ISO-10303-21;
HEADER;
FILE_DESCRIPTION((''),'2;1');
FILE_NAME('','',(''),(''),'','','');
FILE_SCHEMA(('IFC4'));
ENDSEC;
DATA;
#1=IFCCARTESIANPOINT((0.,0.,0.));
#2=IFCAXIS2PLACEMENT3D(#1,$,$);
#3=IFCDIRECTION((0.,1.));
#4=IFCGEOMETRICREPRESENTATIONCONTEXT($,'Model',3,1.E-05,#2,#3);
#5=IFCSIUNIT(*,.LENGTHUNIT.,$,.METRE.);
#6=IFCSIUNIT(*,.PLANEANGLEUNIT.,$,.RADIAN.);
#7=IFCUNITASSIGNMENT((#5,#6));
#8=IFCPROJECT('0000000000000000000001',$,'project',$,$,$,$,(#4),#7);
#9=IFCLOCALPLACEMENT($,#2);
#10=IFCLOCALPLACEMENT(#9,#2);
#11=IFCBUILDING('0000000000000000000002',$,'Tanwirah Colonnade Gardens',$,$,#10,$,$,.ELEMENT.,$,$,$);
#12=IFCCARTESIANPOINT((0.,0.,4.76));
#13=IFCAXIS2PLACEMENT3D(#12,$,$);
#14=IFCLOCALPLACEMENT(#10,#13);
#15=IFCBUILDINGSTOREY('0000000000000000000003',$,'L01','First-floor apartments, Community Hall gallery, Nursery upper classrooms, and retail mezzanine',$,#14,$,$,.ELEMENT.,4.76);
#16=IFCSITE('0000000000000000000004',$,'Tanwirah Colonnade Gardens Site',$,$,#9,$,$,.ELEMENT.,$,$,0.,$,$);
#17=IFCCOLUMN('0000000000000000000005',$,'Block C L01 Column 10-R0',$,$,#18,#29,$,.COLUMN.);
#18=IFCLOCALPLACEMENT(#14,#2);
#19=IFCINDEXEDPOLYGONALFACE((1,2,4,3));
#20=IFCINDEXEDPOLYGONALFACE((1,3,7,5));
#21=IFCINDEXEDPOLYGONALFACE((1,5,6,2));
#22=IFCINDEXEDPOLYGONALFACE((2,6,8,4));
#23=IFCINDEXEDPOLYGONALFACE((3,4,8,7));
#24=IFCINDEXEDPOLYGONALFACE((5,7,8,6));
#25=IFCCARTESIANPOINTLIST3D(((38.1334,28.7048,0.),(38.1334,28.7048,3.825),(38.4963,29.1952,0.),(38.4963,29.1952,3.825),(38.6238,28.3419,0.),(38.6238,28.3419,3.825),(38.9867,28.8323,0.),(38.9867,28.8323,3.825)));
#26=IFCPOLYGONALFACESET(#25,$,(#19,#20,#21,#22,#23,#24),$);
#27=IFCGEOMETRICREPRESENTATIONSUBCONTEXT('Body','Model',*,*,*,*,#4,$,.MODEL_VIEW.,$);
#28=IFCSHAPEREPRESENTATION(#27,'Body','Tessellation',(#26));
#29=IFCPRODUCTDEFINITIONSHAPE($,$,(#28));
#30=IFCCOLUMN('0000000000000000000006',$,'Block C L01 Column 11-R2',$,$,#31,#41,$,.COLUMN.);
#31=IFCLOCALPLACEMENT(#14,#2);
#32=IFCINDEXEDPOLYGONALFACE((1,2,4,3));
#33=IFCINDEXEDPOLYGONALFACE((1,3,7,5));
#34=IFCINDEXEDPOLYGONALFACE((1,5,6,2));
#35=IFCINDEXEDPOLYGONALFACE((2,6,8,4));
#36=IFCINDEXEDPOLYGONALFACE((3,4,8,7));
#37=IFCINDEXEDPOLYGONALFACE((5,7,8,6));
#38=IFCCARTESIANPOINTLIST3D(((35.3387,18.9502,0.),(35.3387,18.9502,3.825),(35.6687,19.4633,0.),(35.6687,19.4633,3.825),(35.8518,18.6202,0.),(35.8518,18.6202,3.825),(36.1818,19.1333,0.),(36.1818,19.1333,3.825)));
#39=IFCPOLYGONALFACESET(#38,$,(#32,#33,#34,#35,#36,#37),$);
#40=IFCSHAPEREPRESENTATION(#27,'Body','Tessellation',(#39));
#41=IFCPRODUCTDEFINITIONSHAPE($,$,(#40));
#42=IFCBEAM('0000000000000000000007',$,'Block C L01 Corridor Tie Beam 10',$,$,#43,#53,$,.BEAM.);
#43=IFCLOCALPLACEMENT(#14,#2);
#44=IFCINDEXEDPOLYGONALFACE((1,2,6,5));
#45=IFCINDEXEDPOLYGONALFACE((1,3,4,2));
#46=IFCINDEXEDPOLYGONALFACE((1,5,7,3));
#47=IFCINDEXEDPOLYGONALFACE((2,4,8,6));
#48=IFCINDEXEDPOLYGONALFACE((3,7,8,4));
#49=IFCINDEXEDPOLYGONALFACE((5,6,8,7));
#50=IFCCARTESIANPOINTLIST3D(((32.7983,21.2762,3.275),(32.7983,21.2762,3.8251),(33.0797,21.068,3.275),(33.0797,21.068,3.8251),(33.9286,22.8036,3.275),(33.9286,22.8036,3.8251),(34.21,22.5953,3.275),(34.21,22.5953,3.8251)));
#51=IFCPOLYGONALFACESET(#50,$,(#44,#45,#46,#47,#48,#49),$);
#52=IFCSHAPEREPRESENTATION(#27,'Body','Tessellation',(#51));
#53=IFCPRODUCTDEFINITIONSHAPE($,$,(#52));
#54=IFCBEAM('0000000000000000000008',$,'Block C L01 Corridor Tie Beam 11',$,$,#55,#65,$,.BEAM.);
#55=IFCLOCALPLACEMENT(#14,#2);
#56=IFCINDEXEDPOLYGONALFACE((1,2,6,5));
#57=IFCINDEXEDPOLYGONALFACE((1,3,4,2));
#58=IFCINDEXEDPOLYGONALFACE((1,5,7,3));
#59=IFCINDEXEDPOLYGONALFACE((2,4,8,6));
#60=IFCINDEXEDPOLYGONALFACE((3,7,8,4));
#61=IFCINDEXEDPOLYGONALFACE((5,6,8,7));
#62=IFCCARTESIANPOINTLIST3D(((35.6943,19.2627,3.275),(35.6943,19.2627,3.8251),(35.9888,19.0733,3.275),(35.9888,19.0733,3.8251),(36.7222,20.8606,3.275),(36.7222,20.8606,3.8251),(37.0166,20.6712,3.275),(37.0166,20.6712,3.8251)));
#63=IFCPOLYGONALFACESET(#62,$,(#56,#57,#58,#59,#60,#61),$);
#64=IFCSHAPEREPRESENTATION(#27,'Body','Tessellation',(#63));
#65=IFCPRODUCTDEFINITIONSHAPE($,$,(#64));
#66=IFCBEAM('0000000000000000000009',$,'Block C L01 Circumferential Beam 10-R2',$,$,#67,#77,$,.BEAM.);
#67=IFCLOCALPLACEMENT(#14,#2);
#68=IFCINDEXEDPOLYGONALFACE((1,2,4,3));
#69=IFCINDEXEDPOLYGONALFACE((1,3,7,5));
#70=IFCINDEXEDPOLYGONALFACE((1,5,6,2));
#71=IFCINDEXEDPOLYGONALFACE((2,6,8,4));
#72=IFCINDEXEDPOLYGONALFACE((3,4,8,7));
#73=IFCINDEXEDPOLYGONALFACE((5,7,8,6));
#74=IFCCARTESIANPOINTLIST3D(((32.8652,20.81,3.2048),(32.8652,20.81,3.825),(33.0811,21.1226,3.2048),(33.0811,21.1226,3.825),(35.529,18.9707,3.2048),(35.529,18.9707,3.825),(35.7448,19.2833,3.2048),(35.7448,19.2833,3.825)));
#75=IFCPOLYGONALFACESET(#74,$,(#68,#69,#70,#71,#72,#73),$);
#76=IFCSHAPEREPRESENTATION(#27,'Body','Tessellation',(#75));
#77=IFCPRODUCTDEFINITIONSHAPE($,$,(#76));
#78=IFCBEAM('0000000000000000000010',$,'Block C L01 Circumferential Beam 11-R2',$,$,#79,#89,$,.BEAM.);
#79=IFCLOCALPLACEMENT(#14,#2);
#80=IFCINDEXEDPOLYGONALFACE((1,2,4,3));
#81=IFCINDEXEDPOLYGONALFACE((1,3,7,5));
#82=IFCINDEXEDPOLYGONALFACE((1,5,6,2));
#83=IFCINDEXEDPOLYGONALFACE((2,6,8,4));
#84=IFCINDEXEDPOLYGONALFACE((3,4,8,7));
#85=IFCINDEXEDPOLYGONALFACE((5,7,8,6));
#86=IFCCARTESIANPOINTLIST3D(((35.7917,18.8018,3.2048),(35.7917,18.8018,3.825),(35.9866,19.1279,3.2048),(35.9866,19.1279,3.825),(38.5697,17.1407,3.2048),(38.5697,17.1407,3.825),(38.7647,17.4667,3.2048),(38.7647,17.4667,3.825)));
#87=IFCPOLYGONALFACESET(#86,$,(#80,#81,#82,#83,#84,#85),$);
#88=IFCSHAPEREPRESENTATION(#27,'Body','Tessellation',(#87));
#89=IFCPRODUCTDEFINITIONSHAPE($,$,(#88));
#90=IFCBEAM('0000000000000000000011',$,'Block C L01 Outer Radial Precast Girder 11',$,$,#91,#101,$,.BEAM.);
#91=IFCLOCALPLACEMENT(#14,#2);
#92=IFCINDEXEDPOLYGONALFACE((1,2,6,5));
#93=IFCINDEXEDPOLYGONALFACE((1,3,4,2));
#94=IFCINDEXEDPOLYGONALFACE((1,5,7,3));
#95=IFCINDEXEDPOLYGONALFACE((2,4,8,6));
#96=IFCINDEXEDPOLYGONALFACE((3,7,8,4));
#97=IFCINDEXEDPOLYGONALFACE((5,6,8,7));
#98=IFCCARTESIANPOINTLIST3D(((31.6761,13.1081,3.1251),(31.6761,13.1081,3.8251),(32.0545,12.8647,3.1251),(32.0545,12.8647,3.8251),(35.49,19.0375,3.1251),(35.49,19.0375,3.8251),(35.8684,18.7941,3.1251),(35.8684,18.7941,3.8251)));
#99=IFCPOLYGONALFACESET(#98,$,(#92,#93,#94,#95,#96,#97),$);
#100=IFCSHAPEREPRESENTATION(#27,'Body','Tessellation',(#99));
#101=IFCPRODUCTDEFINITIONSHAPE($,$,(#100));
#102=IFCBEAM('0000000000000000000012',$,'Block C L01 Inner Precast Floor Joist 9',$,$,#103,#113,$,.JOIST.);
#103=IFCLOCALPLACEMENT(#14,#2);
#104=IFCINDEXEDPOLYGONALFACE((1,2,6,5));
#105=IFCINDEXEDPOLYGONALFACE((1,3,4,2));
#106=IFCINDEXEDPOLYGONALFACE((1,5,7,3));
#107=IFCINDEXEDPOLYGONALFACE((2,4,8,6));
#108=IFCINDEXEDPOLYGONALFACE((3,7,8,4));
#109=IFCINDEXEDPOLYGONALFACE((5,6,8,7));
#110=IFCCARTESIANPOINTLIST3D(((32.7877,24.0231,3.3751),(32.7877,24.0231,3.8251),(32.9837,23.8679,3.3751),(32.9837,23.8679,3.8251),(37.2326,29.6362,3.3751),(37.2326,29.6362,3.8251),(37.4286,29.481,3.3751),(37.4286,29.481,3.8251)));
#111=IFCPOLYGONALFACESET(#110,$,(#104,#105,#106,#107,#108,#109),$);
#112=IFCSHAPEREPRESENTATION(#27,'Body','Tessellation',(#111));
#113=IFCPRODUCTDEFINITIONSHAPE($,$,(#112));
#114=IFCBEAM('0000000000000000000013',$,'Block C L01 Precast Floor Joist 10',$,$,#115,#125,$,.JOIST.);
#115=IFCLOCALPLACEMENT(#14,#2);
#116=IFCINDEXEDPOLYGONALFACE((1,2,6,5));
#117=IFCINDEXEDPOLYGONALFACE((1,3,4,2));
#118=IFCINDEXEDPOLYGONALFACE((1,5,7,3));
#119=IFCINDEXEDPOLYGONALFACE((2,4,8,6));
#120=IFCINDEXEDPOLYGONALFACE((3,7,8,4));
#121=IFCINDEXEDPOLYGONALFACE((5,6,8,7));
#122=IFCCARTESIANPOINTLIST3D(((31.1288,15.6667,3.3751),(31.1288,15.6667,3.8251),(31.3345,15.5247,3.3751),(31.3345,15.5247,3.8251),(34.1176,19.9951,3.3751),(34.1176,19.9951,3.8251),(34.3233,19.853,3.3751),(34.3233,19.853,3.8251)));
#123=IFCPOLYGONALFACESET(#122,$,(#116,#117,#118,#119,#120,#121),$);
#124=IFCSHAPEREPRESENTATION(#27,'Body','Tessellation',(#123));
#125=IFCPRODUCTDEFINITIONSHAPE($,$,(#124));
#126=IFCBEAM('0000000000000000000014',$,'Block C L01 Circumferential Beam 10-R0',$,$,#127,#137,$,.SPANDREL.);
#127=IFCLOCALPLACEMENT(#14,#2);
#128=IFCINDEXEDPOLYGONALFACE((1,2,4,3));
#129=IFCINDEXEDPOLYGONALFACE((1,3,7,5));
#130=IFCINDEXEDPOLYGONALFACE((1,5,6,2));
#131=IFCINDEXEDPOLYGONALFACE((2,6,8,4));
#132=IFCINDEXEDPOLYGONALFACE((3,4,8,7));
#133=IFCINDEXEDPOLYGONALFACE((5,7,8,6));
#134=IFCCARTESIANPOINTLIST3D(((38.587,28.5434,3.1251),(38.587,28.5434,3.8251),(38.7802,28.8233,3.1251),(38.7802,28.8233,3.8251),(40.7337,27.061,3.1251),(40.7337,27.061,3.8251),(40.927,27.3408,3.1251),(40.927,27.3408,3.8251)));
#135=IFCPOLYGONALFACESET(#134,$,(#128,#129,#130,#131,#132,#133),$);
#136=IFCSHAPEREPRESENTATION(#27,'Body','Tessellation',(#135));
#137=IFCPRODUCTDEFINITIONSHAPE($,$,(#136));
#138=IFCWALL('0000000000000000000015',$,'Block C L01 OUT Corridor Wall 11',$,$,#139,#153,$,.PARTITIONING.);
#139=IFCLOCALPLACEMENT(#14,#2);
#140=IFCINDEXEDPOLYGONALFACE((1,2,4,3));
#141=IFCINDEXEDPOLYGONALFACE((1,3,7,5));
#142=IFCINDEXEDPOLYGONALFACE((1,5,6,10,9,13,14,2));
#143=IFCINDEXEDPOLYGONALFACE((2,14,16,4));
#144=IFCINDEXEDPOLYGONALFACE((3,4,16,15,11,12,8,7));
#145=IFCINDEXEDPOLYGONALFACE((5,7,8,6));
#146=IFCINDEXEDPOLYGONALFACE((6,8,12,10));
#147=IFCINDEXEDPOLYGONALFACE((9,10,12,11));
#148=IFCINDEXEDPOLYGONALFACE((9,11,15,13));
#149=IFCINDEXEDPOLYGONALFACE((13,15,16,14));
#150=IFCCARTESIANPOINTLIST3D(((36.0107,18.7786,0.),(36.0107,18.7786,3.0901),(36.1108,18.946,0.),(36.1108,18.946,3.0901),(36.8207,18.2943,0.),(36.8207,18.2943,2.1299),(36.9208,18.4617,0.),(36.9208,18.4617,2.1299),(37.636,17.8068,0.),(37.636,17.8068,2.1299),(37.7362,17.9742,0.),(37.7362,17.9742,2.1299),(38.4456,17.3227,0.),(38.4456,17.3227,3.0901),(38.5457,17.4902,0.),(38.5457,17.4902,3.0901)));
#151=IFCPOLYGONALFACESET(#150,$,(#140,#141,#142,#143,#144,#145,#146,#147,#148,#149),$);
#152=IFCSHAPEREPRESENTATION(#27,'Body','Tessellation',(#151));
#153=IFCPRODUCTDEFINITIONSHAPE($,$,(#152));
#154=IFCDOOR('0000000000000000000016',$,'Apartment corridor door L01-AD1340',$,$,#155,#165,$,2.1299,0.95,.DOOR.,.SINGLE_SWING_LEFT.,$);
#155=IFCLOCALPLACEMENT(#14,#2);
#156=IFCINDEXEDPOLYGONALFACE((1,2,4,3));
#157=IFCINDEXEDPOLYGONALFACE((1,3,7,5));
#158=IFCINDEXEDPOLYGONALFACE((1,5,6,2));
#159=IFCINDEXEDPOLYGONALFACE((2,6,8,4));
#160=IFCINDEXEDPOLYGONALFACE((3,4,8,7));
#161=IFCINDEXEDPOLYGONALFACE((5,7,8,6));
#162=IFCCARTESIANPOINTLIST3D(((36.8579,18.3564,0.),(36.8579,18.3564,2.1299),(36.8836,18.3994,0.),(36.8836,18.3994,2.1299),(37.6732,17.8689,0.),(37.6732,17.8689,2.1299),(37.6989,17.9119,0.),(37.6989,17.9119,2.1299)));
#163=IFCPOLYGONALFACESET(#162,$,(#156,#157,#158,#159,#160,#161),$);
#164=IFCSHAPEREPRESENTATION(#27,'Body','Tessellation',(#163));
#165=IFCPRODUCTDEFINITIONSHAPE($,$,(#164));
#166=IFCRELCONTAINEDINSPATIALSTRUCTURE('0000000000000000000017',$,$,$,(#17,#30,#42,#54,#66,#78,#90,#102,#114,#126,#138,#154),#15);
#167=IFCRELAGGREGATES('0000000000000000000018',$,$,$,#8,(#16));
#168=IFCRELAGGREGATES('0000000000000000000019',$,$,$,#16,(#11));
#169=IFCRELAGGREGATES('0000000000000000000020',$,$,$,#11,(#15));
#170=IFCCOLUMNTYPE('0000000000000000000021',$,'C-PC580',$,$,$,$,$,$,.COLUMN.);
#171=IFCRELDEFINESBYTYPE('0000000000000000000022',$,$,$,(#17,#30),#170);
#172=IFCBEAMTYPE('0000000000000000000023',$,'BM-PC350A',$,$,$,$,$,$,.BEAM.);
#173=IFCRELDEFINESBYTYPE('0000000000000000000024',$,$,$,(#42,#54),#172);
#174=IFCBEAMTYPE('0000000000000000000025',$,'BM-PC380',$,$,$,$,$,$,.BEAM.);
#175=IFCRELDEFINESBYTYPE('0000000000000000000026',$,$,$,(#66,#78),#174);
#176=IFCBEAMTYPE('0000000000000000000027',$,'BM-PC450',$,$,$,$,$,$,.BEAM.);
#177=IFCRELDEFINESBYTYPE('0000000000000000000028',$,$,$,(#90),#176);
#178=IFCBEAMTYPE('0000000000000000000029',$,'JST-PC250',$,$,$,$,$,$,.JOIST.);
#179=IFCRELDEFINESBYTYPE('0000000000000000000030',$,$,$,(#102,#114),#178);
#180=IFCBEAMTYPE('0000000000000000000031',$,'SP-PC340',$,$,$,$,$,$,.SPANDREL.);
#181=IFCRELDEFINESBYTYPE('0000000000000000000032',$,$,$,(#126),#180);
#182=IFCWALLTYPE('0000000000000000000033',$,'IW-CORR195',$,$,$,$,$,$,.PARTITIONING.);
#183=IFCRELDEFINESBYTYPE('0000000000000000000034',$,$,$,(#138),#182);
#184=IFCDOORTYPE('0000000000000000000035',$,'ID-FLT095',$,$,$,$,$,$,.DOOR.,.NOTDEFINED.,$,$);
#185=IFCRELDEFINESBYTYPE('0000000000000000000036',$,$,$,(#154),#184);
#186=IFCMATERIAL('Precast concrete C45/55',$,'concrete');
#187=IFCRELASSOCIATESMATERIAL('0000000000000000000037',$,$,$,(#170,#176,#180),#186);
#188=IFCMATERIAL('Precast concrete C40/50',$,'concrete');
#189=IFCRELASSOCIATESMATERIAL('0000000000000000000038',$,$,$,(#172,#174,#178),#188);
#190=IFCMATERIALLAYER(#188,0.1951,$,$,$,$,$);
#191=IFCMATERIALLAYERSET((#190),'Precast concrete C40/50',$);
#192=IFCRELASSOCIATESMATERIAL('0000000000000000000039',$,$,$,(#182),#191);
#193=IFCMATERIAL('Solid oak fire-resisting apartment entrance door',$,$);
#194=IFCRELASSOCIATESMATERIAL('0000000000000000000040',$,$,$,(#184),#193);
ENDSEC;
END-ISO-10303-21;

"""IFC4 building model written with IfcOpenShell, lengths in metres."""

from ifc_helpers import new_model, si_unit, direction, frame, frame_2d, origin, origin_2d, place, context, subcontext, project, spatial, rectangle, extrude, material, layer, layer_set, material_profile, profile_set, type_object, element, fill, save


model = new_model("IFC4")

# Units and contexts
model_context = context("Model", 3, precision=1e-05, world=origin(), true_north=direction((0.0, 1.0)))
body_context = subcontext(model_context, "Body", "Model", "MODEL_VIEW")
ifc_project = project(units=[si_unit("LENGTHUNIT", "METRE"), si_unit("PLANEANGLEUNIT", "RADIAN")], contexts=[model_context])

# Site, building, storey
site_placement = place(None, origin())
site = spatial("IfcSite", under=ifc_project, at=site_placement, Name="Tanwirah Colonnade Gardens Site", CompositionType="ELEMENT", RefElevation=0.0)
building_placement = place(site_placement, origin())
building = spatial("IfcBuilding", under=site, at=building_placement, Name="Tanwirah Colonnade Gardens", CompositionType="ELEMENT")
storey_placement = place(building_placement, frame((0.0, 0.0, 4.76)))
storey = spatial("IfcBuildingStorey", under=building, at=storey_placement, Name="L01", Description="First-floor apartments, Community Hall gallery, Nursery upper classrooms, and retail mezzanine", CompositionType="ELEMENT", Elevation=4.76)

# Columns
ifc_material_1 = material(Name="Precast concrete C45/55", Category="concrete")
ifc_material_profile_1 = material_profile(ifc_material_1, rectangle(XDim=0.6101, YDim=0.6101, at=origin_2d()), Name="PC-COL 610x610")
ifc_profile_set_1 = profile_set([ifc_material_profile_1], Name="Precast concrete C45/55")
column_type = type_object("IfcColumnType", Name="C-PC580", PredefinedType="COLUMN", material=ifc_profile_set_1)
for number, where, z_axis, x_axis, name in (
    (1, (38.5601, 28.7686, 0.0), (0.0, 0.0, 1.0), (-0.594823, -0.803857, 0.0), "Block C L01 Column 10-R0"),
    (2, (35.7603, 19.0417, 0.0), (0.0, 0.0, 1.0), (-0.540974, -0.841039, 0.0), "Block C L01 Column 11-R2"),
):
    element("IfcColumn", number, at=place(storey_placement, frame(where, z_axis=z_axis, x_axis=x_axis)), inside=storey, type_object=column_type, Name=name, PredefinedType="COLUMN", context=body_context, shape_type="SweptSolid", body=[
        extrude(rectangle(XDim=0.6101, YDim=0.6101, at=origin_2d()), origin(), (0.0, 0.0, 1.0), 3.825),
    ])

# Beams
ifc_material_2 = material(Name="Precast concrete C40/50", Category="concrete")
ifc_material_profile_2 = material_profile(ifc_material_2, rectangle(XDim=0.3501, YDim=0.55, at=origin_2d()), Name="PC-BM 350x550")
ifc_profile_set_2 = profile_set([ifc_material_profile_2], Name="Precast concrete C40/50")
beam_type_1 = type_object("IfcBeamType", Name="BM-PC350A", PredefinedType="BEAM", material=ifc_profile_set_2)
beam_1_placement = place(storey_placement, frame((34.0693, 22.6995, 3.55), z_axis=(-0.594889, -0.803807, 0.0), x_axis=(0.803807, -0.594889, 0.0)))
element("IfcBeam", 3, at=beam_1_placement, inside=storey, type_object=beam_type_1, Name="Block C L01 Corridor Tie Beam 10", PredefinedType="BEAM", context=body_context, shape_type="SweptSolid", body=[
    extrude(rectangle(XDim=0.3501, YDim=0.55, at=origin_2d()), origin(), (0.0, 0.0, 1.0), 1.9001),
])
beam_2_placement = place(storey_placement, frame((36.8694, 20.7659, 3.55), z_axis=(-0.540985, -0.841032, 0.0), x_axis=(0.841032, -0.540985, 0.0)))
element("IfcBeam", 4, at=beam_2_placement, inside=storey, type_object=beam_type_1, Name="Block C L01 Corridor Tie Beam 11", PredefinedType="BEAM", context=body_context, shape_type="SweptSolid", body=[
    extrude(rectangle(XDim=0.3501, YDim=0.55, at=origin_2d()), origin(), (0.0, 0.0, 1.0), 1.8999),
])
ifc_material_profile_3 = material_profile(ifc_material_2, rectangle(XDim=0.3799, YDim=0.6201, at=origin_2d()), Name="PC-BM 380x620")
ifc_profile_set_3 = profile_set([ifc_material_profile_3], Name="Precast concrete C40/50")
beam_type_2 = type_object("IfcBeamType", Name="BM-PC380", PredefinedType="BEAM", material=ifc_profile_set_3)
beam_3_placement = place(storey_placement, frame((32.9731, 20.9663, 3.5149), z_axis=(0.822889, -0.568202, 0.0), x_axis=(0.568202, 0.822889, 0.0)))
element("IfcBeam", 5, at=beam_3_placement, inside=storey, type_object=beam_type_2, Name="Block C L01 Circumferential Beam 10-R2", PredefinedType="BEAM", context=body_context, shape_type="SweptSolid", body=[
    extrude(rectangle(XDim=0.3799, YDim=0.6201, at=origin_2d()), origin(), (0.0, 0.0, 1.0), 3.2371),
])
beam_4_placement = place(storey_placement, frame((35.8892, 18.9648, 3.5149), z_axis=(0.858271, -0.513197, 0.0), x_axis=(0.513197, 0.858271, 0.0)))
element("IfcBeam", 6, at=beam_4_placement, inside=storey, type_object=beam_type_2, Name="Block C L01 Circumferential Beam 11-R2", PredefinedType="BEAM", context=body_context, shape_type="SweptSolid", body=[
    extrude(rectangle(XDim=0.3799, YDim=0.6201, at=origin_2d()), origin(), (0.0, 0.0, 1.0), 3.2368),
])
ifc_material_profile_4 = material_profile(ifc_material_1, rectangle(XDim=0.45, YDim=0.7, at=origin_2d()), Name="PC-BM 450x700")
ifc_profile_set_4 = profile_set([ifc_material_profile_4], Name="Precast concrete C45/55")
beam_type_3 = type_object("IfcBeamType", Name="BM-PC450", PredefinedType="BEAM", material=ifc_profile_set_4)
beam_5_placement = place(storey_placement, frame((35.6792, 18.9158, 3.4751), z_axis=(-0.540976, -0.841038, 0.0), x_axis=(0.841038, -0.540976, 0.0)))
element("IfcBeam", 7, at=beam_5_placement, inside=storey, type_object=beam_type_3, Name="Block C L01 Outer Radial Precast Girder 11", PredefinedType="BEAM", context=body_context, shape_type="SweptSolid", body=[
    extrude(rectangle(XDim=0.45, YDim=0.7, at=origin_2d()), origin(), (0.0, 0.0, 1.0), 7.05),
])
ifc_material_profile_5 = material_profile(ifc_material_2, rectangle(XDim=0.25, YDim=0.45, at=origin_2d()), Name="PC-JST 250x450")
ifc_profile_set_5 = profile_set([ifc_material_profile_5], Name="Precast concrete C40/50")
beam_type_4 = type_object("IfcBeamType", Name="JST-PC250", PredefinedType="JOIST", material=ifc_profile_set_5)
beam_6_placement = place(storey_placement, frame((37.3306, 29.5586, 3.6001), z_axis=(-0.620803, -0.783966, 0.0), x_axis=(0.783966, -0.620803, 0.0)))
element("IfcBeam", 8, at=beam_6_placement, inside=storey, type_object=beam_type_4, Name="Block C L01 Inner Precast Floor Joist 9", PredefinedType="JOIST", context=body_context, shape_type="SweptSolid", body=[
    extrude(rectangle(XDim=0.25, YDim=0.45, at=origin_2d()), origin(), (0.0, 0.0, 1.0), 7.1599),
])
beam_7_placement = place(storey_placement, frame((34.2205, 19.9241, 3.6001), z_axis=(-0.568208, -0.822885, 0.0), x_axis=(0.822885, -0.568208, 0.0)))
element("IfcBeam", 9, at=beam_7_placement, inside=storey, type_object=beam_type_4, Name="Block C L01 Precast Floor Joist 10", PredefinedType="JOIST", context=body_context, shape_type="SweptSolid", body=[
    extrude(rectangle(XDim=0.25, YDim=0.45, at=origin_2d()), origin(), (0.0, 0.0, 1.0), 5.26),
])
ifc_material_profile_6 = material_profile(ifc_material_1, rectangle(XDim=0.3401, YDim=0.7, at=origin_2d()), Name="PC-SP 340x700")
ifc_profile_set_6 = profile_set([ifc_material_profile_6], Name="Precast concrete C45/55")
beam_type_5 = type_object("IfcBeamType", Name="SP-PC340", PredefinedType="SPANDREL", material=ifc_profile_set_6)
beam_8_placement = place(storey_placement, frame((38.6836, 28.6833, 3.4751), z_axis=(0.822869, -0.568231, 0.0), x_axis=(0.568231, 0.822869, 0.0)))
element("IfcBeam", 10, at=beam_8_placement, inside=storey, type_object=beam_type_5, Name="Block C L01 Circumferential Beam 10-R0", PredefinedType="SPANDREL", context=body_context, shape_type="SweptSolid", body=[
    extrude(rectangle(XDim=0.3401, YDim=0.7, at=origin_2d()), origin(), (0.0, 0.0, 1.0), 2.6089),
])

# Wall, opening, door
ifc_layer_1 = layer(ifc_material_2, 0.1951)
ifc_layer_set_1 = layer_set([ifc_layer_1], Name="Precast concrete C40/50")
wall_type_1 = type_object("IfcWallType", Name="IW-CORR195", PredefinedType="PARTITIONING", material=ifc_layer_set_1)
ifc_material_3 = material(Name="Solid oak fire-resisting apartment entrance door")
wall_1_placement = place(storey_placement, frame((36.0608, 18.8623, 0.0), z_axis=(0.0, 0.0, 1.0), x_axis=(0.858282, -0.513179, 0.0)))
wall_1 = element("IfcWall", 11, at=wall_1_placement, inside=storey, type_object=wall_type_1, Name="Block C L01 OUT Corridor Wall 11", PredefinedType="PARTITIONING", context=body_context, shape_type="SweptSolid", body=[
    extrude(rectangle(XDim=2.8369, YDim=0.1951, at=frame_2d((1.4185, 0.0))), origin(), (0.0, 0.0, 1.0), 3.0901),
])
opening_1_placement = place(wall_1_placement, frame((0.9436, 0.0, 0.0)))
opening_1 = element("IfcOpeningElement", 12, at=opening_1_placement, cuts=wall_1, PredefinedType="OPENING", context=body_context, shape_type="SweptSolid", body=[
    extrude(rectangle(XDim=0.95, YDim=2.1299, at=frame_2d((0.4751, 1.0649))), frame((0.0, 0.1074, 0.0), z_axis=(0.0, -1.0, 0.0), x_axis=(1.0, 0.0, 0.0)), (0.0, 0.0, 1.0), 0.2151),
])
door_type_1 = type_object("IfcDoorType", Name="ID-FLT095", OperationType="NOTDEFINED", PredefinedType="DOOR", material=ifc_material_3)
door_1_placement = place(opening_1_placement, origin())
door_1 = element("IfcDoor", 13, at=door_1_placement, inside=storey, type_object=door_type_1, Name="Apartment corridor door L01-AD1340", OperationType="SINGLE_SWING_LEFT", OverallHeight=2.1299, OverallWidth=0.95, PredefinedType="DOOR", context=body_context, shape_type="SweptSolid", body=[
    extrude(rectangle(XDim=0.95, YDim=2.1299, at=frame_2d((0.4751, 1.0649))), frame((0.0, 0.0249, 0.0), z_axis=(0.0, -1.0, 0.0), x_axis=(1.0, 0.0, 0.0)), (0.0, 0.0, 1.0), 0.05),
])
fill(opening_1, door_1)

save(model, "model.ifc")
